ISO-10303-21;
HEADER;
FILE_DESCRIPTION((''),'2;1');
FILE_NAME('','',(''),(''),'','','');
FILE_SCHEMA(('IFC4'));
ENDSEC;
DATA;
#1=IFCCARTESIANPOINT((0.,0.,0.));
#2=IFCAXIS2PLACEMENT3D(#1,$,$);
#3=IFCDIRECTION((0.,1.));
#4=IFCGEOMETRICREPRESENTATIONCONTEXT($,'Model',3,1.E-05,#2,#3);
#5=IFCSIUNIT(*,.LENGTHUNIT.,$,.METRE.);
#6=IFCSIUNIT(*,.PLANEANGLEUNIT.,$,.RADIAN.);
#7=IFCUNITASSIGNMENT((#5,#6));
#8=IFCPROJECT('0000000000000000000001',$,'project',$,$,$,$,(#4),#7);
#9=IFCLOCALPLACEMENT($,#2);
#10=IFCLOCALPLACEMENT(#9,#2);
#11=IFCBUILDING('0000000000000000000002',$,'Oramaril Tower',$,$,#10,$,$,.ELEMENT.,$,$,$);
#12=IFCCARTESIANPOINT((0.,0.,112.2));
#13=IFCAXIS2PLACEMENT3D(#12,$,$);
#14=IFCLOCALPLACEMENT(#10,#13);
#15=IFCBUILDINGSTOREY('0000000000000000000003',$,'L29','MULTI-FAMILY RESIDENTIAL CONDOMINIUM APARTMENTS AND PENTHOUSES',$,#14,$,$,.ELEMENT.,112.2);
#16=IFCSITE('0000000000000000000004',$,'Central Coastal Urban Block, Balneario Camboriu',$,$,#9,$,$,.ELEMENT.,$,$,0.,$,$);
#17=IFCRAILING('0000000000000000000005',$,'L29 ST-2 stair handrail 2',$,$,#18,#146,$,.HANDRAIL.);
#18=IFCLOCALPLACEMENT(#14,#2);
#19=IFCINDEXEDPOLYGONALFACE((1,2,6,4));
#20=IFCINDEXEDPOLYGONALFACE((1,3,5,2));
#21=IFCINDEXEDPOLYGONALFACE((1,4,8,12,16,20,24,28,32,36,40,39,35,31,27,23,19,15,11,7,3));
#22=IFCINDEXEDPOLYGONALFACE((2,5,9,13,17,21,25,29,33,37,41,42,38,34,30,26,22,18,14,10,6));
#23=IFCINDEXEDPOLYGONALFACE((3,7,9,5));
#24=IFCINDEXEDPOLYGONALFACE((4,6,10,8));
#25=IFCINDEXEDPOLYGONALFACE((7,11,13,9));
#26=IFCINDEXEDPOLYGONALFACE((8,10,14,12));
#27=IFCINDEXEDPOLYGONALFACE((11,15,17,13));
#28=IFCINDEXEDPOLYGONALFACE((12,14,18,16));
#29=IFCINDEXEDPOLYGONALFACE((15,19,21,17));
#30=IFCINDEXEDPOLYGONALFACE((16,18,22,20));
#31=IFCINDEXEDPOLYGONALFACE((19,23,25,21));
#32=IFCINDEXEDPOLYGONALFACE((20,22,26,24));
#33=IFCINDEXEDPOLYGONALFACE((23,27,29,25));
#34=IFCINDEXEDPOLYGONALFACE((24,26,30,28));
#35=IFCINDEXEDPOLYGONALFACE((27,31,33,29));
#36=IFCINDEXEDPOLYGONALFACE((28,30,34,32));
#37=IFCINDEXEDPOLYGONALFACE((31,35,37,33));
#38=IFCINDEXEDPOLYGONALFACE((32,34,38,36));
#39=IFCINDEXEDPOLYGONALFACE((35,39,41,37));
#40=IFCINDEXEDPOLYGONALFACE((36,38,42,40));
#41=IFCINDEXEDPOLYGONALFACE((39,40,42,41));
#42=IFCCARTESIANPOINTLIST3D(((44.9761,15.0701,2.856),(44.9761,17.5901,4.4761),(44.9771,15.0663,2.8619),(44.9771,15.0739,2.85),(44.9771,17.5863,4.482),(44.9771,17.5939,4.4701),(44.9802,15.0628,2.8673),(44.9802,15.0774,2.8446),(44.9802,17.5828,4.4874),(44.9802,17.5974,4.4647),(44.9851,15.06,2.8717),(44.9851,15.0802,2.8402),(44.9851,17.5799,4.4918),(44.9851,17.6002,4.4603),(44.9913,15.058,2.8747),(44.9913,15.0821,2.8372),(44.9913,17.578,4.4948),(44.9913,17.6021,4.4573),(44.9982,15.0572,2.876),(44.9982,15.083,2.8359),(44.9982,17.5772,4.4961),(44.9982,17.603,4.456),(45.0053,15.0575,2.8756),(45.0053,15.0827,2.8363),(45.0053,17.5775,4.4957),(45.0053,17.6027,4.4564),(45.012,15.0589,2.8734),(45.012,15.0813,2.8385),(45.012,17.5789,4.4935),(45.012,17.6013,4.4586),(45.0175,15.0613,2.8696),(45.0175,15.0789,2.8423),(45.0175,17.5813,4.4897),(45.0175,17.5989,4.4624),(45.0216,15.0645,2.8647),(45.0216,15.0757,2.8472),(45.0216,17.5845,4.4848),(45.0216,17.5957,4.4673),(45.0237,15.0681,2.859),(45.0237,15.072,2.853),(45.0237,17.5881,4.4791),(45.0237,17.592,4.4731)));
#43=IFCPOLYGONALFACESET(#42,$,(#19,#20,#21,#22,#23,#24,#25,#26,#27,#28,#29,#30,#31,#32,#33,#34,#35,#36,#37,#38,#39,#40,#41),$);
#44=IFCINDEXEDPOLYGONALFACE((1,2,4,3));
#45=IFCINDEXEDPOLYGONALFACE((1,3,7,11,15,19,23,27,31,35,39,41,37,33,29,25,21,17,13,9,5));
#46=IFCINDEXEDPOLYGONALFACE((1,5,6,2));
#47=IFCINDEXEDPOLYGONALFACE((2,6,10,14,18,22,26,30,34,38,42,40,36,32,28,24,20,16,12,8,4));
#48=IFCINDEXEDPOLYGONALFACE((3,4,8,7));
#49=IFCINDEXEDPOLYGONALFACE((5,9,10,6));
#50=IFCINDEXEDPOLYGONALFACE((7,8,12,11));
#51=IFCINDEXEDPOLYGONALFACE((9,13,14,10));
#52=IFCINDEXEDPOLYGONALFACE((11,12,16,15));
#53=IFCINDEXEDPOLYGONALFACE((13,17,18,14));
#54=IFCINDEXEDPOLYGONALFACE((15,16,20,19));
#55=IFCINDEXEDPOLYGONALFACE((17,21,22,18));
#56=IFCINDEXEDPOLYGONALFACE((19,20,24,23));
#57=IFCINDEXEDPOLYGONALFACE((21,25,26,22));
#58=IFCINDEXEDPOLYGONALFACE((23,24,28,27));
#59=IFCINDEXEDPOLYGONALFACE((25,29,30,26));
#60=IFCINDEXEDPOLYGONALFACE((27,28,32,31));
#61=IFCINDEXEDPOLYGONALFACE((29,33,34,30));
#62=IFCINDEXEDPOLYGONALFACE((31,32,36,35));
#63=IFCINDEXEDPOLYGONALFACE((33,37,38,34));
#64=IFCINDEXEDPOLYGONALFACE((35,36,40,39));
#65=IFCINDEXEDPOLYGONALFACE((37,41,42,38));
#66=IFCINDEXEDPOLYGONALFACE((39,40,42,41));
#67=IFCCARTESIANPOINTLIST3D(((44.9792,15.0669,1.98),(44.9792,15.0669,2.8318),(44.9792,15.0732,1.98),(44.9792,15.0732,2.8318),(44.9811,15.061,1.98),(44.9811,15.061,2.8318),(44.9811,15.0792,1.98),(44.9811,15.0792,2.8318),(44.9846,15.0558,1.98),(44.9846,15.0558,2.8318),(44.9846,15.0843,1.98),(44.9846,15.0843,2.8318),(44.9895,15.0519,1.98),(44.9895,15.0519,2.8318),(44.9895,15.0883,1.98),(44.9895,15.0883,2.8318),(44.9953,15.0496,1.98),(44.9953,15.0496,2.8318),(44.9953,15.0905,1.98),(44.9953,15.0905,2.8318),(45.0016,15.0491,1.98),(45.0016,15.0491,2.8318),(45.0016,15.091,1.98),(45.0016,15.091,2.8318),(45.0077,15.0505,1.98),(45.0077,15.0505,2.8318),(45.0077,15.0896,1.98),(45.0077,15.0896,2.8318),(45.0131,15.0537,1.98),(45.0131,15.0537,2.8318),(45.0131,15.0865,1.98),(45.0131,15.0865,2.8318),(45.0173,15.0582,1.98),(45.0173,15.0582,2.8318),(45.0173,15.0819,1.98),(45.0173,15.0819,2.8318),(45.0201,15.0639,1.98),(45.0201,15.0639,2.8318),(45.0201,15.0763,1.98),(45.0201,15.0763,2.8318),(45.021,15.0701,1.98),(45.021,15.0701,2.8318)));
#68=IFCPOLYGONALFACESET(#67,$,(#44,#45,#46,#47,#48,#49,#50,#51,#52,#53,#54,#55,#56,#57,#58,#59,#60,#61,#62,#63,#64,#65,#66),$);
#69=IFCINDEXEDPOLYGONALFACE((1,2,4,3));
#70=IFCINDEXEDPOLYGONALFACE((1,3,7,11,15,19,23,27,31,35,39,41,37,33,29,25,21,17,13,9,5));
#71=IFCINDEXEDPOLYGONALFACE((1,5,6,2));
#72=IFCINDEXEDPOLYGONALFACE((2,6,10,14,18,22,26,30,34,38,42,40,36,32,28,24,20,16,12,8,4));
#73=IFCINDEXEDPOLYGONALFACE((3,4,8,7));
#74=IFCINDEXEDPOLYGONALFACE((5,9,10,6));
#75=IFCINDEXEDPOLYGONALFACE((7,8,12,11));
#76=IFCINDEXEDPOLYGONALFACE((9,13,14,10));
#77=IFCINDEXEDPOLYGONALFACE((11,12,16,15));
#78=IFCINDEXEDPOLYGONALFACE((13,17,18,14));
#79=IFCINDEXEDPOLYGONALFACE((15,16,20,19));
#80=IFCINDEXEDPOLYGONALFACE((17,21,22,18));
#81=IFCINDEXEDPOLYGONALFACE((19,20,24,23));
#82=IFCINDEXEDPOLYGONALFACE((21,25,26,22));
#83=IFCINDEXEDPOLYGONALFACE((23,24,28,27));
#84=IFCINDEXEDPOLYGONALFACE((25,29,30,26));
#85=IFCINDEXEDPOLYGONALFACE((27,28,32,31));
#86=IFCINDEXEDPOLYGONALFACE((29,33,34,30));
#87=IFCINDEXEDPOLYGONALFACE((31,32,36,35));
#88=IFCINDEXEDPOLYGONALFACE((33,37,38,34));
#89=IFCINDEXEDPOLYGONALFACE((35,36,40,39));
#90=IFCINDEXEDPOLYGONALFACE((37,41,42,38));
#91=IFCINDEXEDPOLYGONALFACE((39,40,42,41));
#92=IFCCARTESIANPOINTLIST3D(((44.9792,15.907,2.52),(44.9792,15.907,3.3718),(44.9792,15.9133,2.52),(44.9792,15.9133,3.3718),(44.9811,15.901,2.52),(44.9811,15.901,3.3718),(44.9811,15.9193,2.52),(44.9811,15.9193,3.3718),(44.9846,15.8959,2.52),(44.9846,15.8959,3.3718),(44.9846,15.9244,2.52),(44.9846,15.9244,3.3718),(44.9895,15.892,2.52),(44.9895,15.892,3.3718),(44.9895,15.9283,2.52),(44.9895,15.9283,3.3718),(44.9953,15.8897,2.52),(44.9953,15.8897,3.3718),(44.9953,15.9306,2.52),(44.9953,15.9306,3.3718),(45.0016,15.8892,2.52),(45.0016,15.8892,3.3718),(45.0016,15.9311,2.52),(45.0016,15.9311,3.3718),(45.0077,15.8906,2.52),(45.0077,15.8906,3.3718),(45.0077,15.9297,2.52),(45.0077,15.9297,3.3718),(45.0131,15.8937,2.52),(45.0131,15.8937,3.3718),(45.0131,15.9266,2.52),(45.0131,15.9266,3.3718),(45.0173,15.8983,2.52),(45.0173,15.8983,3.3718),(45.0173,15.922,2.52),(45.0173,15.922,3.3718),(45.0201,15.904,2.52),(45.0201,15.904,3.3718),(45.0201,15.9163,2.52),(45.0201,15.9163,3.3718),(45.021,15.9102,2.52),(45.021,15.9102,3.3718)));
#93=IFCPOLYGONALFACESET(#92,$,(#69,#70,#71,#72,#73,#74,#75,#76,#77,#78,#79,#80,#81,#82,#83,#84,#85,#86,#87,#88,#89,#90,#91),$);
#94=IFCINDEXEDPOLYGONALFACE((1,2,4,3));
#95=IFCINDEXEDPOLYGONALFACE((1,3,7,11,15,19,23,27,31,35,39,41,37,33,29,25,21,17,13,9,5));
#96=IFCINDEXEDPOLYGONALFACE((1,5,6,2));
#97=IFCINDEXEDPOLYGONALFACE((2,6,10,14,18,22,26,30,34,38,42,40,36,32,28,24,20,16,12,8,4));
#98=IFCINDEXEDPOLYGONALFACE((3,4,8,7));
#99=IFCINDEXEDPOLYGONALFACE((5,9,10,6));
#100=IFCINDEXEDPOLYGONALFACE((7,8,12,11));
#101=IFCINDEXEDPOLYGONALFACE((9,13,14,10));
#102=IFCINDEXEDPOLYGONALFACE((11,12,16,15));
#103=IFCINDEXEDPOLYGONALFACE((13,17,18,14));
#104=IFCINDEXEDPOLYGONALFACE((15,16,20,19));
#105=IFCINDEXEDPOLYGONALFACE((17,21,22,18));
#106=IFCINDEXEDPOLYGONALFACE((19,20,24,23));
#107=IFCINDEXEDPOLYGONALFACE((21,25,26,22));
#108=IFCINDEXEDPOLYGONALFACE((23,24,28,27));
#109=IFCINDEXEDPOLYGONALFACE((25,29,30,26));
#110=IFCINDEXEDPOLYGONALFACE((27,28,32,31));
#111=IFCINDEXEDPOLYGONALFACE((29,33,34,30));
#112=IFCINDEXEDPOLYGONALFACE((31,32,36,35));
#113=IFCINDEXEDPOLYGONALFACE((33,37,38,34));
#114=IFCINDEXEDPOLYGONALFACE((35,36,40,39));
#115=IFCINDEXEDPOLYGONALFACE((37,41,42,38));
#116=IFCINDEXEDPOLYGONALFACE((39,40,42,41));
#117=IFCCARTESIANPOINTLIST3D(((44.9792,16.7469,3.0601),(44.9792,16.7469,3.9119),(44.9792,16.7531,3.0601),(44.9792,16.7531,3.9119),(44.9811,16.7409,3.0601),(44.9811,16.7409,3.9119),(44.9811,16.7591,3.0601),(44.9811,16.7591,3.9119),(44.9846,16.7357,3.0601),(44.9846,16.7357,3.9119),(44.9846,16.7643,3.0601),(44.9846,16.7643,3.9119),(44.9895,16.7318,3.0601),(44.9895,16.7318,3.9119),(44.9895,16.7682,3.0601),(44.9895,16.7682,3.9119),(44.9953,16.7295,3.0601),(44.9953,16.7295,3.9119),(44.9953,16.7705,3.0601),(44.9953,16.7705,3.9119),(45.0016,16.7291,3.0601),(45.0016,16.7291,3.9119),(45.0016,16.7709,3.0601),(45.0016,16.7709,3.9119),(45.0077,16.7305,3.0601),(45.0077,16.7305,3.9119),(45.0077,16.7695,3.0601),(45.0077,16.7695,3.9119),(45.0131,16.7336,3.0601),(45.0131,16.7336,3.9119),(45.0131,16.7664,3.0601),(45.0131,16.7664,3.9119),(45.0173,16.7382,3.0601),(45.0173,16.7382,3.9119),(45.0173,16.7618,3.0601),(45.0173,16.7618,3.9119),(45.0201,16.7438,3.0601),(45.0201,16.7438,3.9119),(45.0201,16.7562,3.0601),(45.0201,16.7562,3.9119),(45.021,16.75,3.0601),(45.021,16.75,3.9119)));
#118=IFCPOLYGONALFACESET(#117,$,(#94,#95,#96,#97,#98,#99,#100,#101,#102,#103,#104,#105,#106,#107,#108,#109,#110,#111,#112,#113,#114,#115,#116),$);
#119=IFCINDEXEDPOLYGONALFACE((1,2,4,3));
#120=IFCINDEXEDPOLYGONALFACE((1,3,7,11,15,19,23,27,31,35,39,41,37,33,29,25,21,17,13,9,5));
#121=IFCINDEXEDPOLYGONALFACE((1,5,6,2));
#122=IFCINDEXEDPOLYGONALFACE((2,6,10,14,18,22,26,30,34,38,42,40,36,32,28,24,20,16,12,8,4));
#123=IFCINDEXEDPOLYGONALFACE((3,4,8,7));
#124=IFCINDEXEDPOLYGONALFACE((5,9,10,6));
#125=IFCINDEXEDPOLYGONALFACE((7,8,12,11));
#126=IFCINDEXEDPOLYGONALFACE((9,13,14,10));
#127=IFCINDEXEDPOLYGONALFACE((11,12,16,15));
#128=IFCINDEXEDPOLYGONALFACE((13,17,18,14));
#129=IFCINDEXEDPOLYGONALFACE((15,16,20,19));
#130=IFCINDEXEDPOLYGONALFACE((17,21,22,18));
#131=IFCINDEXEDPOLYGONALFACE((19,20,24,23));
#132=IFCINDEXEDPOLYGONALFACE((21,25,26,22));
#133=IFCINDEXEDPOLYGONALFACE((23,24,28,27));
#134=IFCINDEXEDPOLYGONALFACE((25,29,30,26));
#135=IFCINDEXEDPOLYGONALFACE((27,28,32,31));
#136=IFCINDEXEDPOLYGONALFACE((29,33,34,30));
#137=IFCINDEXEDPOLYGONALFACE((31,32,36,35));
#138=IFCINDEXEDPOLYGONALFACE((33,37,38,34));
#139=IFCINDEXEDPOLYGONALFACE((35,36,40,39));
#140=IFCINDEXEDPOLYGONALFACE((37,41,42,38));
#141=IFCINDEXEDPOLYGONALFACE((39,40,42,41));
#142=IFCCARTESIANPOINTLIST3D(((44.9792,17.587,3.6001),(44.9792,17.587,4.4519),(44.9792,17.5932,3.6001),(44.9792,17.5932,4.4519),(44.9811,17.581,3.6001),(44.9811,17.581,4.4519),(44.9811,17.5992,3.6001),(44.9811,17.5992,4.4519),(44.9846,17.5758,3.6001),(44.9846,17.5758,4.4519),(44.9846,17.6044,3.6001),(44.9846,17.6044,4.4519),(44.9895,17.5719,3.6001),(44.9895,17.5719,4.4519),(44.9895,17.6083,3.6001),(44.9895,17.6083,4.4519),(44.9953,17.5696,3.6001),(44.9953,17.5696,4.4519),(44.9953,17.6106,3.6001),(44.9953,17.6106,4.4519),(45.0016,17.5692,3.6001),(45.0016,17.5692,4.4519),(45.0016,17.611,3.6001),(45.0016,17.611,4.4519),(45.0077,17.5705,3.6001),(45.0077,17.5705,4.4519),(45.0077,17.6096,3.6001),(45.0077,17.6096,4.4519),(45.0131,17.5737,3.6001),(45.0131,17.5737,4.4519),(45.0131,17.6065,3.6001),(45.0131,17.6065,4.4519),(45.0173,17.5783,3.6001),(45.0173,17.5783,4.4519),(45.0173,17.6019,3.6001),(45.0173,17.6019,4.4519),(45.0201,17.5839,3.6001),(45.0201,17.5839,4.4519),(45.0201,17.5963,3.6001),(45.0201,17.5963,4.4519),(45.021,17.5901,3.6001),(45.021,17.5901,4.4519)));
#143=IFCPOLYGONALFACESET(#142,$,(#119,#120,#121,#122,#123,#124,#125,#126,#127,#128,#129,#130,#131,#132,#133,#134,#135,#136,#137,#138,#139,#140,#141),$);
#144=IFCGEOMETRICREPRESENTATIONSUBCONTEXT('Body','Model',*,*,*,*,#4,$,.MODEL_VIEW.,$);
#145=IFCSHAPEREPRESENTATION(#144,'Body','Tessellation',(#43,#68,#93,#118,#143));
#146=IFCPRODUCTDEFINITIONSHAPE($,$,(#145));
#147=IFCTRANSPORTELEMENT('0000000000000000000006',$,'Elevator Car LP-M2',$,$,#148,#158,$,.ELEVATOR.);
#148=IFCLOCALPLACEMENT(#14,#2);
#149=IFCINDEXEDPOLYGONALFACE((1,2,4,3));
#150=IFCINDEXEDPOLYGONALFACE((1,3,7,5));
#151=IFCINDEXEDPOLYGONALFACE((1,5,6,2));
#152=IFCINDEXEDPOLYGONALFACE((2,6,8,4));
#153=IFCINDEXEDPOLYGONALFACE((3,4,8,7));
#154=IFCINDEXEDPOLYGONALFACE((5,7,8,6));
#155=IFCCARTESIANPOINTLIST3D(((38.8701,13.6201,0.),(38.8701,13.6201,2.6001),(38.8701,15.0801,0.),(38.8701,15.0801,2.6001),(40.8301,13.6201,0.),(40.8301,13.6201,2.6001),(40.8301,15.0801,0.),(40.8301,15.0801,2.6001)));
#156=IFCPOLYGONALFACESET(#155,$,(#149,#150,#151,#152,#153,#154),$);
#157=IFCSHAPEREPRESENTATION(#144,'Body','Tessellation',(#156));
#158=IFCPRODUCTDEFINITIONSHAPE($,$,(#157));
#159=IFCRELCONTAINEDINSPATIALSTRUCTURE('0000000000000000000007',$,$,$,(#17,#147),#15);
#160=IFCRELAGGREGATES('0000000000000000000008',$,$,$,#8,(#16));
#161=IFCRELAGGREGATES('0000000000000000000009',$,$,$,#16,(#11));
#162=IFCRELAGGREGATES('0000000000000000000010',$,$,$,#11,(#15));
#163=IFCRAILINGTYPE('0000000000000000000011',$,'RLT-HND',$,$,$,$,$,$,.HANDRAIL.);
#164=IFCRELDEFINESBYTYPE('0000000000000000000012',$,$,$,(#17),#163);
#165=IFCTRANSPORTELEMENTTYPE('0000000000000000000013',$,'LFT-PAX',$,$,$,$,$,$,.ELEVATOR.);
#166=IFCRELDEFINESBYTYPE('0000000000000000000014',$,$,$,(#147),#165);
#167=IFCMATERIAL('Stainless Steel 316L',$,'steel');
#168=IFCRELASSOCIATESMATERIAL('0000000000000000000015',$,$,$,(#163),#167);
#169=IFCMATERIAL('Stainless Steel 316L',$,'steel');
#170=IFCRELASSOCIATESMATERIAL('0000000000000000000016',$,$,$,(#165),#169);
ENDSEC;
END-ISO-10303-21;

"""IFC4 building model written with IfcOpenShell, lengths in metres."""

from ifc_helpers import new_model, si_unit, direction, frame, origin, origin_2d, place, context, subcontext, project, spatial, rectangle, circle, extrude, material, type_object, element, save


model = new_model("IFC4")

# Units and contexts
model_context = context("Model", 3, precision=1e-05, world=origin(), true_north=direction((0.0, 1.0)))
body_context = subcontext(model_context, "Body", "Model", "MODEL_VIEW")
ifc_project = project(units=[si_unit("LENGTHUNIT", "METRE"), si_unit("PLANEANGLEUNIT", "RADIAN")], contexts=[model_context])

# Site, building, storey
site_placement = place(None, origin())
site = spatial("IfcSite", under=ifc_project, at=site_placement, Name="Central Coastal Urban Block, Balneario Camboriu", CompositionType="ELEMENT", RefElevation=0.0)
building_placement = place(site_placement, origin())
building = spatial("IfcBuilding", under=site, at=building_placement, Name="Oramaril Tower", CompositionType="ELEMENT")
storey_placement = place(building_placement, frame((0.0, 0.0, 112.2)))
storey = spatial("IfcBuildingStorey", under=building, at=storey_placement, Name="L29", Description="MULTI-FAMILY RESIDENTIAL CONDOMINIUM APARTMENTS AND PENTHOUSES", CompositionType="ELEMENT", Elevation=112.2)

# Railing
ifc_material_1 = material(Name="Stainless Steel 316L", Category="steel")
railing_type_1 = type_object("IfcRailingType", Name="RLT-HND", PredefinedType="HANDRAIL", material=ifc_material_1)
railing_1_placement = place(storey_placement, frame((45.0, 15.0701, 1.98)))
element("IfcRailing", 1, at=railing_1_placement, inside=storey, type_object=railing_type_1, Name="L29 ST-2 stair handrail 2", PredefinedType="HANDRAIL", context=body_context, shape_type="SweptSolid", body=[
    extrude(circle(Radius=0.0239, at=origin_2d()), frame((0.0, 0.0, 0.876), z_axis=(0.0, 0.841163, 0.540782), x_axis=(-1.0, 0.0, 0.0)), (0.0, 0.0, 1.0), 2.9958),
    extrude(circle(Radius=0.021, at=origin_2d()), origin(), (0.0, 0.0, 1.0), 0.8518),
    extrude(circle(Radius=0.021, at=origin_2d()), frame((0.0, 0.8401, 0.54)), (0.0, 0.0, 1.0), 0.8518),
    extrude(circle(Radius=0.021, at=origin_2d()), frame((0.0, 1.6799, 1.0801)), (0.0, 0.0, 1.0), 0.8518),
    extrude(circle(Radius=0.021, at=origin_2d()), frame((0.0, 2.52, 1.6201)), (0.0, 0.0, 1.0), 0.8518),
])

# Transport element
ifc_material_2 = material(Name="Stainless Steel 316L", Category="steel")
transport_element_type = type_object("IfcTransportElementType", Name="LFT-PAX", PredefinedType="ELEVATOR", material=ifc_material_2)
transport_element_placement = place(storey_placement, frame((39.8501, 14.3501, 0.0), z_axis=(0.0, 0.0, 1.0), x_axis=(1.0, 0.0, 0.0)))
element("IfcTransportElement", 2, at=transport_element_placement, inside=storey, type_object=transport_element_type, Name="Elevator Car LP-M2", PredefinedType="ELEVATOR", context=body_context, shape_type="SweptSolid", body=[
    extrude(rectangle(XDim=1.96, YDim=1.46, at=origin_2d()), origin(), (0.0, 0.0, 1.0), 2.6001),
])

save(model, "model.ifc")
